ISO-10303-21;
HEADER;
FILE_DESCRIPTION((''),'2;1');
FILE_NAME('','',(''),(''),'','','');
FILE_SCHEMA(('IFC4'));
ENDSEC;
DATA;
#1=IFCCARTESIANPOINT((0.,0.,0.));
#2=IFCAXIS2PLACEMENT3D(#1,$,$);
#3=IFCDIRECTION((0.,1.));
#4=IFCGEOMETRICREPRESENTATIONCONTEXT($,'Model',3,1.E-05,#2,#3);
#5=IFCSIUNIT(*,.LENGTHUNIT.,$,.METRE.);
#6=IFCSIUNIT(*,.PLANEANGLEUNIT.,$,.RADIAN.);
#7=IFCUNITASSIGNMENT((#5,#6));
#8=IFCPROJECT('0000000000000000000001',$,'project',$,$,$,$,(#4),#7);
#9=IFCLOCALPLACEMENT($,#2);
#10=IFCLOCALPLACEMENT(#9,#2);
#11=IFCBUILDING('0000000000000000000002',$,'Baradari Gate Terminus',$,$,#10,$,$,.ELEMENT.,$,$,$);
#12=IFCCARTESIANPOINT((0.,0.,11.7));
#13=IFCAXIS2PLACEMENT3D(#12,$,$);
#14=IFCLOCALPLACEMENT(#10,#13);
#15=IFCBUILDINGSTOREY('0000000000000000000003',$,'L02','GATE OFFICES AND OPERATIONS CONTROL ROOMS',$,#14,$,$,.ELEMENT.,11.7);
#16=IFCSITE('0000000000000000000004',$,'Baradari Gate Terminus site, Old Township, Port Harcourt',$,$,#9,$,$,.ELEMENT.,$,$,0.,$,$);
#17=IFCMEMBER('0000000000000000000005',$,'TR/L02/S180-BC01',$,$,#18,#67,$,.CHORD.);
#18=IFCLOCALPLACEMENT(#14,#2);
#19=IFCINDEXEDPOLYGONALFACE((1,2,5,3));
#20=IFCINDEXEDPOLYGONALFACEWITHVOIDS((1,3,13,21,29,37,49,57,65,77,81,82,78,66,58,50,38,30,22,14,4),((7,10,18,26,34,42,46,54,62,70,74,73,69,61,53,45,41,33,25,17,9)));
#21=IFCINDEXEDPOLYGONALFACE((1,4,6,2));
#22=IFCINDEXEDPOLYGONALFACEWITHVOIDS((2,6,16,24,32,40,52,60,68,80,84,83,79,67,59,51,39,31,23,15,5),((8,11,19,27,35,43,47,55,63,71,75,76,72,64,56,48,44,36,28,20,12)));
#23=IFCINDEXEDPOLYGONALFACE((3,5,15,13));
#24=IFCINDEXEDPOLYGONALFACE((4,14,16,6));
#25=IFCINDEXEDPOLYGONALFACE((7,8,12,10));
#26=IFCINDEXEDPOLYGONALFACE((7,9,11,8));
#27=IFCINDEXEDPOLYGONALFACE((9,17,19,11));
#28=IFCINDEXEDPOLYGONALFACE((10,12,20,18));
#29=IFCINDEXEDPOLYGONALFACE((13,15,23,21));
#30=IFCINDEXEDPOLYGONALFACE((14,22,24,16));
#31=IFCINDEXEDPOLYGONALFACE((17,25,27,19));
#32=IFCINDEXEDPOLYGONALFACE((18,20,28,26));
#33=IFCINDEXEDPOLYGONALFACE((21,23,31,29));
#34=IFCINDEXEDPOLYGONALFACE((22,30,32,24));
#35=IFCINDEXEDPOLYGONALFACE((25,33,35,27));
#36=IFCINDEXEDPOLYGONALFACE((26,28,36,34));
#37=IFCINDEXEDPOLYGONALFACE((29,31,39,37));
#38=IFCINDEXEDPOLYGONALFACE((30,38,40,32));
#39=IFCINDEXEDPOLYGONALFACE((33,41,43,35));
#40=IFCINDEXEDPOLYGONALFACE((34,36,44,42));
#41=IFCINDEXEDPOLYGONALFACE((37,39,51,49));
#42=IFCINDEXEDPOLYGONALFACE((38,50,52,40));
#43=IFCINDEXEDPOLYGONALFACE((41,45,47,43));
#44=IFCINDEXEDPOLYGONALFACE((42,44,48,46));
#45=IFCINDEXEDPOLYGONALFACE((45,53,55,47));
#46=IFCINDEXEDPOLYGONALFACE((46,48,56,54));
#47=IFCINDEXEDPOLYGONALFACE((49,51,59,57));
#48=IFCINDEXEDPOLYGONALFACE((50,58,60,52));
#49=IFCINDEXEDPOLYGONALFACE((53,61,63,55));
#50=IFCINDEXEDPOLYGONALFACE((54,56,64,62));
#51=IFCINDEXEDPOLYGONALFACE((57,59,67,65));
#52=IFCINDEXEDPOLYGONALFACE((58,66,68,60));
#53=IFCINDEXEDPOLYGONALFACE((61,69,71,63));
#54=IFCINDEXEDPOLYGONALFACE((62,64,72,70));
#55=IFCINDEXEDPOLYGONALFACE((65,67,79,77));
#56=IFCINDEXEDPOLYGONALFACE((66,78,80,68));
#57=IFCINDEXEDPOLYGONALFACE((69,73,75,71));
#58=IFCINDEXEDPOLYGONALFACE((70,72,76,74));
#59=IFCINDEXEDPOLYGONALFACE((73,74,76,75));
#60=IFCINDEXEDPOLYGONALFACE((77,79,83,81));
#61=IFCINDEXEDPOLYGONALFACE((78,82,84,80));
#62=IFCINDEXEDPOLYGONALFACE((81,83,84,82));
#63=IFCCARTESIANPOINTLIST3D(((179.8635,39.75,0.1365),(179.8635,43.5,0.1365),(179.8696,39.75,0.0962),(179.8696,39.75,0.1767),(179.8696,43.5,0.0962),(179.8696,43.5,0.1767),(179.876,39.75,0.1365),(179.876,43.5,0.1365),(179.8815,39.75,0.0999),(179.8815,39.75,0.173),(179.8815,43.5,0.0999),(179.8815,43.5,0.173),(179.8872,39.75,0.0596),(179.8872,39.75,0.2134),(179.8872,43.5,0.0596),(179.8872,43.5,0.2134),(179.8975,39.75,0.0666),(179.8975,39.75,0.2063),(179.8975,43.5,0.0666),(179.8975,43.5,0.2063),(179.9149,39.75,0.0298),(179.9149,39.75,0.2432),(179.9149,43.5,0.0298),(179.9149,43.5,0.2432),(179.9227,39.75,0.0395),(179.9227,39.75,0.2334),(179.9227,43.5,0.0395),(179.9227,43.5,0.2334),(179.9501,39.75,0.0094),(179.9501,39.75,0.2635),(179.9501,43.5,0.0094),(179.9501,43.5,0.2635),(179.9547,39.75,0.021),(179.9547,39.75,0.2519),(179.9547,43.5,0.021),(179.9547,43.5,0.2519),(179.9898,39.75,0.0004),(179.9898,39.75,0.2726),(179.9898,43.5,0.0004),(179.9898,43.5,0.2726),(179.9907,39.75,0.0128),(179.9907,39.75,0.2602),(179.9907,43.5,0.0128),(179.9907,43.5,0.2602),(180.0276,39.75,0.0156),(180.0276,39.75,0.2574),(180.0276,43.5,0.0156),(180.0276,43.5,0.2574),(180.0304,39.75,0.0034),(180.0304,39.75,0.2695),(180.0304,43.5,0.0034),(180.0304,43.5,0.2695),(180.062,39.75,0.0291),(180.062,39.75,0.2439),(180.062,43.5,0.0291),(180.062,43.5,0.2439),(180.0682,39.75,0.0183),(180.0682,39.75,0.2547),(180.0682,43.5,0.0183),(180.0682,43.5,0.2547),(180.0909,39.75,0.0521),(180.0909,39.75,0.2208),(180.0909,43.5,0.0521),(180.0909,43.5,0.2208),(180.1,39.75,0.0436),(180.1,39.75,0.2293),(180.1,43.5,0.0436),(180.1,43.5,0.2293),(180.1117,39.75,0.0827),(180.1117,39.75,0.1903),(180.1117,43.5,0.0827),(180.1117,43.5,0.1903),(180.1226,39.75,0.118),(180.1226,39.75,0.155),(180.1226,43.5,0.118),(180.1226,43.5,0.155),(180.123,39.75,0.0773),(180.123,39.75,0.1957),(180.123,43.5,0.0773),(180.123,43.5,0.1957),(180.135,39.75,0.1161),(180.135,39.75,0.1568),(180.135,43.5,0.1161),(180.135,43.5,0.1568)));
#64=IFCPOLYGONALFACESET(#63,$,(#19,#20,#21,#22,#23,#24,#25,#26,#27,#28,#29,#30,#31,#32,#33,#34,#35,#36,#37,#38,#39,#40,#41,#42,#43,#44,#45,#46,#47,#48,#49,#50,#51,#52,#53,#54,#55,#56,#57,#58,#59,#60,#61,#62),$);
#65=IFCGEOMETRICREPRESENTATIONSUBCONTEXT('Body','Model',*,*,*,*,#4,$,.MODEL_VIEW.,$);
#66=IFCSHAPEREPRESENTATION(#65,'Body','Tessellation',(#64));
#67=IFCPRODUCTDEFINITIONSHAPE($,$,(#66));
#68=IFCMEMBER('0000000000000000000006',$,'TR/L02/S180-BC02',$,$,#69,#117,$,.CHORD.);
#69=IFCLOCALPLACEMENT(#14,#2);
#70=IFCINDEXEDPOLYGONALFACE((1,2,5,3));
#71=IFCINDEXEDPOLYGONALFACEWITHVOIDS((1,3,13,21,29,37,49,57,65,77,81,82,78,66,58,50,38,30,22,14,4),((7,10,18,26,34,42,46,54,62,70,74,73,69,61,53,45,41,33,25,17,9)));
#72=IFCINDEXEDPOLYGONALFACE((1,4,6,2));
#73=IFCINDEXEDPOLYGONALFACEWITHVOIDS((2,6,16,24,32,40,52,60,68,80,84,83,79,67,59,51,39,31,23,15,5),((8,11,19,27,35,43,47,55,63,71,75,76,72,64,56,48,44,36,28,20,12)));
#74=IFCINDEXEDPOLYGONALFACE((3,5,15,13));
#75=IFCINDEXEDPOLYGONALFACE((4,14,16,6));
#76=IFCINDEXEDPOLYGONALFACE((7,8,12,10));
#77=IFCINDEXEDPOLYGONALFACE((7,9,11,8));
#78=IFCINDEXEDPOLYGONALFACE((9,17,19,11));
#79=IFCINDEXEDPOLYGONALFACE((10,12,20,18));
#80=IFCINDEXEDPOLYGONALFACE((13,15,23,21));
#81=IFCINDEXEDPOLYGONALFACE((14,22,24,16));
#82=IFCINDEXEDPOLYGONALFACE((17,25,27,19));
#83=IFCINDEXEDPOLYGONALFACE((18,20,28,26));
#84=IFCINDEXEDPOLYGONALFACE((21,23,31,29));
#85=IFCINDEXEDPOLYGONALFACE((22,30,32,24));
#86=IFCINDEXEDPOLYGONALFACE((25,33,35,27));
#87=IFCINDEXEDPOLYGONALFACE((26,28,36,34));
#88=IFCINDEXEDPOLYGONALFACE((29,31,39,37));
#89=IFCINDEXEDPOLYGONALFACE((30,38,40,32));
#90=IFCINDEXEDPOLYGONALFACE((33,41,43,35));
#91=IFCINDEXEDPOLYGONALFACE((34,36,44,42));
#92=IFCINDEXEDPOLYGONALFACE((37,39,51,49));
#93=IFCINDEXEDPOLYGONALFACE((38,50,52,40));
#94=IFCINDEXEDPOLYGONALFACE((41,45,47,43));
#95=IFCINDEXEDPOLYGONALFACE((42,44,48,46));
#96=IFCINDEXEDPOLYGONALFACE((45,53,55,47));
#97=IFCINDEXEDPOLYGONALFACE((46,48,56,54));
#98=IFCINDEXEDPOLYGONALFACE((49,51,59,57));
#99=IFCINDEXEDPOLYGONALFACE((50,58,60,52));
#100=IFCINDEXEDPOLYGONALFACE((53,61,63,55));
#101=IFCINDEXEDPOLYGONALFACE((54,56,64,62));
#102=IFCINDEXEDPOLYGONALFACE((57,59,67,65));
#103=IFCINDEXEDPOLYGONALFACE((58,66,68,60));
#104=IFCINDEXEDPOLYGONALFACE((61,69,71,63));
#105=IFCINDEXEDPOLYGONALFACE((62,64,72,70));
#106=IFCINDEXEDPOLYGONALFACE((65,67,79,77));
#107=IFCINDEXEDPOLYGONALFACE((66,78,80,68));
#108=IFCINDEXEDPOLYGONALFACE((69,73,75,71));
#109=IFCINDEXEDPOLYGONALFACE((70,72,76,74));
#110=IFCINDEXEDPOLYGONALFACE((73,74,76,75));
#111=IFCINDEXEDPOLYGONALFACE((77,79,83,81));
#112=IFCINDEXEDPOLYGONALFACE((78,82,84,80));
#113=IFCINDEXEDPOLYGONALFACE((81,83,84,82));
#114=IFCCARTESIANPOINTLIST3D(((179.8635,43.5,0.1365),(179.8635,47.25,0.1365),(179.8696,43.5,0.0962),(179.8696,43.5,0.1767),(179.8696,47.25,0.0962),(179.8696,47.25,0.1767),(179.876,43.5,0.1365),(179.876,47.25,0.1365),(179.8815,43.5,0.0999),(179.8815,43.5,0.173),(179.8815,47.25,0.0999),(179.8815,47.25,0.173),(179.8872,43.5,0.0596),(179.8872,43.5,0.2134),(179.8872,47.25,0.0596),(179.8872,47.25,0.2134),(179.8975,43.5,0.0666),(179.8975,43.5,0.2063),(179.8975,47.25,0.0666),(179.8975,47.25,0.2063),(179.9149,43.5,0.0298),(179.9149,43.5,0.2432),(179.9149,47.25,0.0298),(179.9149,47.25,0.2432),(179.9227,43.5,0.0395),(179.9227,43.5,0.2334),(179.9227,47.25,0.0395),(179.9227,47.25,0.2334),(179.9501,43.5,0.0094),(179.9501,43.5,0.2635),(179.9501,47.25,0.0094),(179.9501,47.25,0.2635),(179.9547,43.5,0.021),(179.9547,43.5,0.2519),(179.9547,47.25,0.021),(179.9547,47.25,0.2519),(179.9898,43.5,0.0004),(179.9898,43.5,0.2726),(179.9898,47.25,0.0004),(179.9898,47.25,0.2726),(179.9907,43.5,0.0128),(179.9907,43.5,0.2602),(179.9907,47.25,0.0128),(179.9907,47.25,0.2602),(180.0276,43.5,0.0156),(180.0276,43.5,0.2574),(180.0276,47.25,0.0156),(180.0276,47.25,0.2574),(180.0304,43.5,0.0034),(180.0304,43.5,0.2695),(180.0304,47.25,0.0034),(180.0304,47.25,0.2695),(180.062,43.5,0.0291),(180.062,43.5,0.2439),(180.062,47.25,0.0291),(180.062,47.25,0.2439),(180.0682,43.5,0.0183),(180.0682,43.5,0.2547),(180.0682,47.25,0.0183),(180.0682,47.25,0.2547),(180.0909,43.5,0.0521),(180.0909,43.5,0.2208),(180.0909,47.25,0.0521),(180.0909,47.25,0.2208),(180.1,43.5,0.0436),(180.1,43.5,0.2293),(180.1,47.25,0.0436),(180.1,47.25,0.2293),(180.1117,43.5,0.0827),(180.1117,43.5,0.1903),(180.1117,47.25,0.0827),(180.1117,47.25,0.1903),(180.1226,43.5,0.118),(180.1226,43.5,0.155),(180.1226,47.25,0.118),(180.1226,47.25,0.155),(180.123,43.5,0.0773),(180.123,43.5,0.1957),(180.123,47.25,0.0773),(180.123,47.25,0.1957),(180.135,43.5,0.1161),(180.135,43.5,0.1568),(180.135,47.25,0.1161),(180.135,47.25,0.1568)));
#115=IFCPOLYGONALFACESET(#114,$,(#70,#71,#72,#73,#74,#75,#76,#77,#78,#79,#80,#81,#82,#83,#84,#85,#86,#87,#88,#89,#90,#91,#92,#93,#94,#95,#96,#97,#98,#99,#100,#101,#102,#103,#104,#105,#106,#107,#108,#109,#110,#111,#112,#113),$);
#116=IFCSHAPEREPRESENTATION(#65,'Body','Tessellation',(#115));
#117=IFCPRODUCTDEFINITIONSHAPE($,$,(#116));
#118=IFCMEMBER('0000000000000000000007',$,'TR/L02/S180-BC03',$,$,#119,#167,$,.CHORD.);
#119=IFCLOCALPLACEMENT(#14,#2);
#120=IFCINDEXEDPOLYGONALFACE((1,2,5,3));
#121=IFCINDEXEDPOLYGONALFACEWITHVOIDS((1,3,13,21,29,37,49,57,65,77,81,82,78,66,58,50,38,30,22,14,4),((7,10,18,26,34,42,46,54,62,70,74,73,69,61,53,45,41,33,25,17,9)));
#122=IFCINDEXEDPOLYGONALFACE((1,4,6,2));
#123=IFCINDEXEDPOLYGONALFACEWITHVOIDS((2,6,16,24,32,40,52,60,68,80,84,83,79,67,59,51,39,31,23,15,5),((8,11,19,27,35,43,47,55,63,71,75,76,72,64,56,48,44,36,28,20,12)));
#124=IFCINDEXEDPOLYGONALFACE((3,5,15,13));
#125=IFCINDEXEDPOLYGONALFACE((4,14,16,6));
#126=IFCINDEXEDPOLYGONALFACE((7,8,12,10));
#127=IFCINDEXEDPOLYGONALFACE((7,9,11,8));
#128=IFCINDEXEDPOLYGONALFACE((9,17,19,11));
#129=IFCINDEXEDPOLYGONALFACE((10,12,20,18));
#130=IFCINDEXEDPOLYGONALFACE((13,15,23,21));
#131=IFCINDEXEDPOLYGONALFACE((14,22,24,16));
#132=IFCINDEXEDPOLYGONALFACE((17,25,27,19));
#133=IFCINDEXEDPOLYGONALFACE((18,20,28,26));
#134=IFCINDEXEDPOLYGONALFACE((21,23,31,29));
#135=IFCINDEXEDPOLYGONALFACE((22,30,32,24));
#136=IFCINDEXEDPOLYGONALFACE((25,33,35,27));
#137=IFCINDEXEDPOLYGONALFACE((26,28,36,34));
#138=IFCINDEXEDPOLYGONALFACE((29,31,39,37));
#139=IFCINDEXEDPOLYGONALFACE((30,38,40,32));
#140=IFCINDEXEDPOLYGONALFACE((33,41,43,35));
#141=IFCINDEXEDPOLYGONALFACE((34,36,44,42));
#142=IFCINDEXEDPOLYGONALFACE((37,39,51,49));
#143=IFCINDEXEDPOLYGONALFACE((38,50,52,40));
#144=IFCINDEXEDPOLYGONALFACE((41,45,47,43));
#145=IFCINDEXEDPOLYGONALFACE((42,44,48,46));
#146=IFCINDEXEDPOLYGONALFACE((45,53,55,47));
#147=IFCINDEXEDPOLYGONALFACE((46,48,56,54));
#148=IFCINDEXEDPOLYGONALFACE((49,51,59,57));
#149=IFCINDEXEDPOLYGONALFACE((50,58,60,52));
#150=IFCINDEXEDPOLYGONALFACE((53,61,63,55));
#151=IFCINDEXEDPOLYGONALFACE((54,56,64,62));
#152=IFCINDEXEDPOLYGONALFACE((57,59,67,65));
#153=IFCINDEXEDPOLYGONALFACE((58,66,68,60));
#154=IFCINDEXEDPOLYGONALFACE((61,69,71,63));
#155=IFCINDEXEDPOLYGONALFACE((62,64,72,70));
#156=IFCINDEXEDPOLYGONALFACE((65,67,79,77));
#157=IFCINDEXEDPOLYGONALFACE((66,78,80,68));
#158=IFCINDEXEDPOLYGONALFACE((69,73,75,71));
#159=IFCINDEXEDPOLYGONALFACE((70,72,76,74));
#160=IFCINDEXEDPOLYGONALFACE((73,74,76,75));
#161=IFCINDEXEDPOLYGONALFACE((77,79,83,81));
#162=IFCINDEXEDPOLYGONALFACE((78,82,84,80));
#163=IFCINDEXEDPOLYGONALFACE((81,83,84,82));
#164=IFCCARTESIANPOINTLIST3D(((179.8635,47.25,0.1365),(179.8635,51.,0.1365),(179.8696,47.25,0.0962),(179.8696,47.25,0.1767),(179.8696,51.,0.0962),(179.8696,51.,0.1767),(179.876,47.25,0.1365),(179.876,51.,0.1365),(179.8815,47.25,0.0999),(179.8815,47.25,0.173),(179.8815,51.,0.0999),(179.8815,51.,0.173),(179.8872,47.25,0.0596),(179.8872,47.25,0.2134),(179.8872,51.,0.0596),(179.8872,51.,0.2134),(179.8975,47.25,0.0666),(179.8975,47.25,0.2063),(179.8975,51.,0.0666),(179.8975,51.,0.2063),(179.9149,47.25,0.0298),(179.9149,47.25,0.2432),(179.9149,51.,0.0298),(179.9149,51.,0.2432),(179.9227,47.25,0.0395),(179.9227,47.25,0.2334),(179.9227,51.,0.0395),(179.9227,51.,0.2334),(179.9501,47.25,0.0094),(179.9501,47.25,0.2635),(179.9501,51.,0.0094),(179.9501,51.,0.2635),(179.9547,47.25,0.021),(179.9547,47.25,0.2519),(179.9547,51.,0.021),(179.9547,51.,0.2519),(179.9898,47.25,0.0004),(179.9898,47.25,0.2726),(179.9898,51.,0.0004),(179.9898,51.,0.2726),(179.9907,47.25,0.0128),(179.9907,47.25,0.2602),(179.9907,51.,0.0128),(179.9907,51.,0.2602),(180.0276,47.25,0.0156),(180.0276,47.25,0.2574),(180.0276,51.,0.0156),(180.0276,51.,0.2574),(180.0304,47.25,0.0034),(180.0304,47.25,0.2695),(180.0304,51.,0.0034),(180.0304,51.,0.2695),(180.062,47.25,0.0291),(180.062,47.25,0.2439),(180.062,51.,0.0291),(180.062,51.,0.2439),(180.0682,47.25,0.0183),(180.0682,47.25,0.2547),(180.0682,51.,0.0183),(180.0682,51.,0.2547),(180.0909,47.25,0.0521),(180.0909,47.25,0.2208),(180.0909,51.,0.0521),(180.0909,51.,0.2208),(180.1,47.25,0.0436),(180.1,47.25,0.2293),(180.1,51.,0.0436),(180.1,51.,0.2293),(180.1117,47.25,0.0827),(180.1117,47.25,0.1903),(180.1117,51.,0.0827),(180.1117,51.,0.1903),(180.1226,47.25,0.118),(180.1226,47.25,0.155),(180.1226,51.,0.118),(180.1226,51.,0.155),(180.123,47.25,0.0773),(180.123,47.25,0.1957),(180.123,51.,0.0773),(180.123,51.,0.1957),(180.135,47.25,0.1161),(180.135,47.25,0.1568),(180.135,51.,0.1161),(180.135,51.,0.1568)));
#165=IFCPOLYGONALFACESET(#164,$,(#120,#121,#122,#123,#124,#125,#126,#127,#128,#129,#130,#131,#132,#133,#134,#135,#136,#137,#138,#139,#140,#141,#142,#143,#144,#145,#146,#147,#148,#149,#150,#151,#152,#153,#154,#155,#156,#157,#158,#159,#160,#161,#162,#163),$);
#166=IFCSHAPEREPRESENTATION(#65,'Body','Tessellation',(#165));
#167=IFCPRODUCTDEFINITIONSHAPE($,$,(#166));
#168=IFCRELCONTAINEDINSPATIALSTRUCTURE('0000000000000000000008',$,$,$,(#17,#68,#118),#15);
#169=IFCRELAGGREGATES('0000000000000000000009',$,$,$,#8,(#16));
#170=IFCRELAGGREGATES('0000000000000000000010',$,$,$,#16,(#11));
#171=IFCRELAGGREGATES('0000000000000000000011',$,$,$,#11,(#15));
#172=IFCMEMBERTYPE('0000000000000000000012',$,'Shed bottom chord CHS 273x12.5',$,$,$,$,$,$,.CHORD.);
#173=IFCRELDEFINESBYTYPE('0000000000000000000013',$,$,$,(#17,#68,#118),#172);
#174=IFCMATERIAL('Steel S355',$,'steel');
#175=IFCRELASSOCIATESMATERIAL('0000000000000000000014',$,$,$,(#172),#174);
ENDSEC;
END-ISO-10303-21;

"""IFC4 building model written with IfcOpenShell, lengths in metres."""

from ifc_helpers import new_model, si_unit, direction, frame, origin, origin_2d, place, context, subcontext, project, spatial, hollow_circle, extrude, material, material_profile, profile_set, type_object, element, save


model = new_model("IFC4")

# Units and contexts
model_context = context("Model", 3, precision=1e-05, world=origin(), true_north=direction((0.0, 1.0)))
body_context = subcontext(model_context, "Body", "Model", "MODEL_VIEW")
ifc_project = project(units=[si_unit("LENGTHUNIT", "METRE"), si_unit("PLANEANGLEUNIT", "RADIAN")], contexts=[model_context])

# Site, building, storey
site_placement = place(None, origin())
site = spatial("IfcSite", under=ifc_project, at=site_placement, Name="Baradari Gate Terminus site, Old Township, Port Harcourt", CompositionType="ELEMENT", RefElevation=0.0)
building_placement = place(site_placement, origin())
building = spatial("IfcBuilding", under=site, at=building_placement, Name="Baradari Gate Terminus", CompositionType="ELEMENT")
storey_placement = place(building_placement, frame((0.0, 0.0, 11.7)))
storey = spatial("IfcBuildingStorey", under=building, at=storey_placement, Name="L02", Description="GATE OFFICES AND OPERATIONS CONTROL ROOMS", CompositionType="ELEMENT", Elevation=11.7)

# Members
ifc_material_1 = material(Name="Steel S355", Category="steel")
ifc_material_profile_1 = material_profile(ifc_material_1, hollow_circle(Radius=0.1365, WallThickness=0.0125, at=origin_2d()), Name="CHS 273x12.5")
ifc_profile_set_1 = profile_set([ifc_material_profile_1], Name="Steel S355")
member_type_1 = type_object("IfcMemberType", Name="Shed bottom chord CHS 273x12.5", PredefinedType="CHORD", material=ifc_profile_set_1)
for number, where, z_axis, x_axis, name in (
    (1, (180.0, 39.75, 0.1365), (0.0, 1.0, 0.0), (-1.0, 0.0, 0.0), "TR/L02/S180-BC01"),
    (2, (180.0, 43.5, 0.1365), (0.0, 1.0, 0.0), (-1.0, 0.0, 0.0), "TR/L02/S180-BC02"),
    (3, (180.0, 47.25, 0.1365), (0.0, 1.0, 0.0), (-1.0, 0.0, 0.0), "TR/L02/S180-BC03"),
):
    element("IfcMember", number, at=place(storey_placement, frame(where, z_axis=z_axis, x_axis=x_axis)), inside=storey, type_object=member_type_1, Name=name, PredefinedType="CHORD", context=body_context, shape_type="SweptSolid", body=[
        extrude(hollow_circle(Radius=0.1365, WallThickness=0.0125, at=origin_2d()), origin(), (0.0, 0.0, 1.0), 3.75),
    ])

save(model, "model.ifc")
